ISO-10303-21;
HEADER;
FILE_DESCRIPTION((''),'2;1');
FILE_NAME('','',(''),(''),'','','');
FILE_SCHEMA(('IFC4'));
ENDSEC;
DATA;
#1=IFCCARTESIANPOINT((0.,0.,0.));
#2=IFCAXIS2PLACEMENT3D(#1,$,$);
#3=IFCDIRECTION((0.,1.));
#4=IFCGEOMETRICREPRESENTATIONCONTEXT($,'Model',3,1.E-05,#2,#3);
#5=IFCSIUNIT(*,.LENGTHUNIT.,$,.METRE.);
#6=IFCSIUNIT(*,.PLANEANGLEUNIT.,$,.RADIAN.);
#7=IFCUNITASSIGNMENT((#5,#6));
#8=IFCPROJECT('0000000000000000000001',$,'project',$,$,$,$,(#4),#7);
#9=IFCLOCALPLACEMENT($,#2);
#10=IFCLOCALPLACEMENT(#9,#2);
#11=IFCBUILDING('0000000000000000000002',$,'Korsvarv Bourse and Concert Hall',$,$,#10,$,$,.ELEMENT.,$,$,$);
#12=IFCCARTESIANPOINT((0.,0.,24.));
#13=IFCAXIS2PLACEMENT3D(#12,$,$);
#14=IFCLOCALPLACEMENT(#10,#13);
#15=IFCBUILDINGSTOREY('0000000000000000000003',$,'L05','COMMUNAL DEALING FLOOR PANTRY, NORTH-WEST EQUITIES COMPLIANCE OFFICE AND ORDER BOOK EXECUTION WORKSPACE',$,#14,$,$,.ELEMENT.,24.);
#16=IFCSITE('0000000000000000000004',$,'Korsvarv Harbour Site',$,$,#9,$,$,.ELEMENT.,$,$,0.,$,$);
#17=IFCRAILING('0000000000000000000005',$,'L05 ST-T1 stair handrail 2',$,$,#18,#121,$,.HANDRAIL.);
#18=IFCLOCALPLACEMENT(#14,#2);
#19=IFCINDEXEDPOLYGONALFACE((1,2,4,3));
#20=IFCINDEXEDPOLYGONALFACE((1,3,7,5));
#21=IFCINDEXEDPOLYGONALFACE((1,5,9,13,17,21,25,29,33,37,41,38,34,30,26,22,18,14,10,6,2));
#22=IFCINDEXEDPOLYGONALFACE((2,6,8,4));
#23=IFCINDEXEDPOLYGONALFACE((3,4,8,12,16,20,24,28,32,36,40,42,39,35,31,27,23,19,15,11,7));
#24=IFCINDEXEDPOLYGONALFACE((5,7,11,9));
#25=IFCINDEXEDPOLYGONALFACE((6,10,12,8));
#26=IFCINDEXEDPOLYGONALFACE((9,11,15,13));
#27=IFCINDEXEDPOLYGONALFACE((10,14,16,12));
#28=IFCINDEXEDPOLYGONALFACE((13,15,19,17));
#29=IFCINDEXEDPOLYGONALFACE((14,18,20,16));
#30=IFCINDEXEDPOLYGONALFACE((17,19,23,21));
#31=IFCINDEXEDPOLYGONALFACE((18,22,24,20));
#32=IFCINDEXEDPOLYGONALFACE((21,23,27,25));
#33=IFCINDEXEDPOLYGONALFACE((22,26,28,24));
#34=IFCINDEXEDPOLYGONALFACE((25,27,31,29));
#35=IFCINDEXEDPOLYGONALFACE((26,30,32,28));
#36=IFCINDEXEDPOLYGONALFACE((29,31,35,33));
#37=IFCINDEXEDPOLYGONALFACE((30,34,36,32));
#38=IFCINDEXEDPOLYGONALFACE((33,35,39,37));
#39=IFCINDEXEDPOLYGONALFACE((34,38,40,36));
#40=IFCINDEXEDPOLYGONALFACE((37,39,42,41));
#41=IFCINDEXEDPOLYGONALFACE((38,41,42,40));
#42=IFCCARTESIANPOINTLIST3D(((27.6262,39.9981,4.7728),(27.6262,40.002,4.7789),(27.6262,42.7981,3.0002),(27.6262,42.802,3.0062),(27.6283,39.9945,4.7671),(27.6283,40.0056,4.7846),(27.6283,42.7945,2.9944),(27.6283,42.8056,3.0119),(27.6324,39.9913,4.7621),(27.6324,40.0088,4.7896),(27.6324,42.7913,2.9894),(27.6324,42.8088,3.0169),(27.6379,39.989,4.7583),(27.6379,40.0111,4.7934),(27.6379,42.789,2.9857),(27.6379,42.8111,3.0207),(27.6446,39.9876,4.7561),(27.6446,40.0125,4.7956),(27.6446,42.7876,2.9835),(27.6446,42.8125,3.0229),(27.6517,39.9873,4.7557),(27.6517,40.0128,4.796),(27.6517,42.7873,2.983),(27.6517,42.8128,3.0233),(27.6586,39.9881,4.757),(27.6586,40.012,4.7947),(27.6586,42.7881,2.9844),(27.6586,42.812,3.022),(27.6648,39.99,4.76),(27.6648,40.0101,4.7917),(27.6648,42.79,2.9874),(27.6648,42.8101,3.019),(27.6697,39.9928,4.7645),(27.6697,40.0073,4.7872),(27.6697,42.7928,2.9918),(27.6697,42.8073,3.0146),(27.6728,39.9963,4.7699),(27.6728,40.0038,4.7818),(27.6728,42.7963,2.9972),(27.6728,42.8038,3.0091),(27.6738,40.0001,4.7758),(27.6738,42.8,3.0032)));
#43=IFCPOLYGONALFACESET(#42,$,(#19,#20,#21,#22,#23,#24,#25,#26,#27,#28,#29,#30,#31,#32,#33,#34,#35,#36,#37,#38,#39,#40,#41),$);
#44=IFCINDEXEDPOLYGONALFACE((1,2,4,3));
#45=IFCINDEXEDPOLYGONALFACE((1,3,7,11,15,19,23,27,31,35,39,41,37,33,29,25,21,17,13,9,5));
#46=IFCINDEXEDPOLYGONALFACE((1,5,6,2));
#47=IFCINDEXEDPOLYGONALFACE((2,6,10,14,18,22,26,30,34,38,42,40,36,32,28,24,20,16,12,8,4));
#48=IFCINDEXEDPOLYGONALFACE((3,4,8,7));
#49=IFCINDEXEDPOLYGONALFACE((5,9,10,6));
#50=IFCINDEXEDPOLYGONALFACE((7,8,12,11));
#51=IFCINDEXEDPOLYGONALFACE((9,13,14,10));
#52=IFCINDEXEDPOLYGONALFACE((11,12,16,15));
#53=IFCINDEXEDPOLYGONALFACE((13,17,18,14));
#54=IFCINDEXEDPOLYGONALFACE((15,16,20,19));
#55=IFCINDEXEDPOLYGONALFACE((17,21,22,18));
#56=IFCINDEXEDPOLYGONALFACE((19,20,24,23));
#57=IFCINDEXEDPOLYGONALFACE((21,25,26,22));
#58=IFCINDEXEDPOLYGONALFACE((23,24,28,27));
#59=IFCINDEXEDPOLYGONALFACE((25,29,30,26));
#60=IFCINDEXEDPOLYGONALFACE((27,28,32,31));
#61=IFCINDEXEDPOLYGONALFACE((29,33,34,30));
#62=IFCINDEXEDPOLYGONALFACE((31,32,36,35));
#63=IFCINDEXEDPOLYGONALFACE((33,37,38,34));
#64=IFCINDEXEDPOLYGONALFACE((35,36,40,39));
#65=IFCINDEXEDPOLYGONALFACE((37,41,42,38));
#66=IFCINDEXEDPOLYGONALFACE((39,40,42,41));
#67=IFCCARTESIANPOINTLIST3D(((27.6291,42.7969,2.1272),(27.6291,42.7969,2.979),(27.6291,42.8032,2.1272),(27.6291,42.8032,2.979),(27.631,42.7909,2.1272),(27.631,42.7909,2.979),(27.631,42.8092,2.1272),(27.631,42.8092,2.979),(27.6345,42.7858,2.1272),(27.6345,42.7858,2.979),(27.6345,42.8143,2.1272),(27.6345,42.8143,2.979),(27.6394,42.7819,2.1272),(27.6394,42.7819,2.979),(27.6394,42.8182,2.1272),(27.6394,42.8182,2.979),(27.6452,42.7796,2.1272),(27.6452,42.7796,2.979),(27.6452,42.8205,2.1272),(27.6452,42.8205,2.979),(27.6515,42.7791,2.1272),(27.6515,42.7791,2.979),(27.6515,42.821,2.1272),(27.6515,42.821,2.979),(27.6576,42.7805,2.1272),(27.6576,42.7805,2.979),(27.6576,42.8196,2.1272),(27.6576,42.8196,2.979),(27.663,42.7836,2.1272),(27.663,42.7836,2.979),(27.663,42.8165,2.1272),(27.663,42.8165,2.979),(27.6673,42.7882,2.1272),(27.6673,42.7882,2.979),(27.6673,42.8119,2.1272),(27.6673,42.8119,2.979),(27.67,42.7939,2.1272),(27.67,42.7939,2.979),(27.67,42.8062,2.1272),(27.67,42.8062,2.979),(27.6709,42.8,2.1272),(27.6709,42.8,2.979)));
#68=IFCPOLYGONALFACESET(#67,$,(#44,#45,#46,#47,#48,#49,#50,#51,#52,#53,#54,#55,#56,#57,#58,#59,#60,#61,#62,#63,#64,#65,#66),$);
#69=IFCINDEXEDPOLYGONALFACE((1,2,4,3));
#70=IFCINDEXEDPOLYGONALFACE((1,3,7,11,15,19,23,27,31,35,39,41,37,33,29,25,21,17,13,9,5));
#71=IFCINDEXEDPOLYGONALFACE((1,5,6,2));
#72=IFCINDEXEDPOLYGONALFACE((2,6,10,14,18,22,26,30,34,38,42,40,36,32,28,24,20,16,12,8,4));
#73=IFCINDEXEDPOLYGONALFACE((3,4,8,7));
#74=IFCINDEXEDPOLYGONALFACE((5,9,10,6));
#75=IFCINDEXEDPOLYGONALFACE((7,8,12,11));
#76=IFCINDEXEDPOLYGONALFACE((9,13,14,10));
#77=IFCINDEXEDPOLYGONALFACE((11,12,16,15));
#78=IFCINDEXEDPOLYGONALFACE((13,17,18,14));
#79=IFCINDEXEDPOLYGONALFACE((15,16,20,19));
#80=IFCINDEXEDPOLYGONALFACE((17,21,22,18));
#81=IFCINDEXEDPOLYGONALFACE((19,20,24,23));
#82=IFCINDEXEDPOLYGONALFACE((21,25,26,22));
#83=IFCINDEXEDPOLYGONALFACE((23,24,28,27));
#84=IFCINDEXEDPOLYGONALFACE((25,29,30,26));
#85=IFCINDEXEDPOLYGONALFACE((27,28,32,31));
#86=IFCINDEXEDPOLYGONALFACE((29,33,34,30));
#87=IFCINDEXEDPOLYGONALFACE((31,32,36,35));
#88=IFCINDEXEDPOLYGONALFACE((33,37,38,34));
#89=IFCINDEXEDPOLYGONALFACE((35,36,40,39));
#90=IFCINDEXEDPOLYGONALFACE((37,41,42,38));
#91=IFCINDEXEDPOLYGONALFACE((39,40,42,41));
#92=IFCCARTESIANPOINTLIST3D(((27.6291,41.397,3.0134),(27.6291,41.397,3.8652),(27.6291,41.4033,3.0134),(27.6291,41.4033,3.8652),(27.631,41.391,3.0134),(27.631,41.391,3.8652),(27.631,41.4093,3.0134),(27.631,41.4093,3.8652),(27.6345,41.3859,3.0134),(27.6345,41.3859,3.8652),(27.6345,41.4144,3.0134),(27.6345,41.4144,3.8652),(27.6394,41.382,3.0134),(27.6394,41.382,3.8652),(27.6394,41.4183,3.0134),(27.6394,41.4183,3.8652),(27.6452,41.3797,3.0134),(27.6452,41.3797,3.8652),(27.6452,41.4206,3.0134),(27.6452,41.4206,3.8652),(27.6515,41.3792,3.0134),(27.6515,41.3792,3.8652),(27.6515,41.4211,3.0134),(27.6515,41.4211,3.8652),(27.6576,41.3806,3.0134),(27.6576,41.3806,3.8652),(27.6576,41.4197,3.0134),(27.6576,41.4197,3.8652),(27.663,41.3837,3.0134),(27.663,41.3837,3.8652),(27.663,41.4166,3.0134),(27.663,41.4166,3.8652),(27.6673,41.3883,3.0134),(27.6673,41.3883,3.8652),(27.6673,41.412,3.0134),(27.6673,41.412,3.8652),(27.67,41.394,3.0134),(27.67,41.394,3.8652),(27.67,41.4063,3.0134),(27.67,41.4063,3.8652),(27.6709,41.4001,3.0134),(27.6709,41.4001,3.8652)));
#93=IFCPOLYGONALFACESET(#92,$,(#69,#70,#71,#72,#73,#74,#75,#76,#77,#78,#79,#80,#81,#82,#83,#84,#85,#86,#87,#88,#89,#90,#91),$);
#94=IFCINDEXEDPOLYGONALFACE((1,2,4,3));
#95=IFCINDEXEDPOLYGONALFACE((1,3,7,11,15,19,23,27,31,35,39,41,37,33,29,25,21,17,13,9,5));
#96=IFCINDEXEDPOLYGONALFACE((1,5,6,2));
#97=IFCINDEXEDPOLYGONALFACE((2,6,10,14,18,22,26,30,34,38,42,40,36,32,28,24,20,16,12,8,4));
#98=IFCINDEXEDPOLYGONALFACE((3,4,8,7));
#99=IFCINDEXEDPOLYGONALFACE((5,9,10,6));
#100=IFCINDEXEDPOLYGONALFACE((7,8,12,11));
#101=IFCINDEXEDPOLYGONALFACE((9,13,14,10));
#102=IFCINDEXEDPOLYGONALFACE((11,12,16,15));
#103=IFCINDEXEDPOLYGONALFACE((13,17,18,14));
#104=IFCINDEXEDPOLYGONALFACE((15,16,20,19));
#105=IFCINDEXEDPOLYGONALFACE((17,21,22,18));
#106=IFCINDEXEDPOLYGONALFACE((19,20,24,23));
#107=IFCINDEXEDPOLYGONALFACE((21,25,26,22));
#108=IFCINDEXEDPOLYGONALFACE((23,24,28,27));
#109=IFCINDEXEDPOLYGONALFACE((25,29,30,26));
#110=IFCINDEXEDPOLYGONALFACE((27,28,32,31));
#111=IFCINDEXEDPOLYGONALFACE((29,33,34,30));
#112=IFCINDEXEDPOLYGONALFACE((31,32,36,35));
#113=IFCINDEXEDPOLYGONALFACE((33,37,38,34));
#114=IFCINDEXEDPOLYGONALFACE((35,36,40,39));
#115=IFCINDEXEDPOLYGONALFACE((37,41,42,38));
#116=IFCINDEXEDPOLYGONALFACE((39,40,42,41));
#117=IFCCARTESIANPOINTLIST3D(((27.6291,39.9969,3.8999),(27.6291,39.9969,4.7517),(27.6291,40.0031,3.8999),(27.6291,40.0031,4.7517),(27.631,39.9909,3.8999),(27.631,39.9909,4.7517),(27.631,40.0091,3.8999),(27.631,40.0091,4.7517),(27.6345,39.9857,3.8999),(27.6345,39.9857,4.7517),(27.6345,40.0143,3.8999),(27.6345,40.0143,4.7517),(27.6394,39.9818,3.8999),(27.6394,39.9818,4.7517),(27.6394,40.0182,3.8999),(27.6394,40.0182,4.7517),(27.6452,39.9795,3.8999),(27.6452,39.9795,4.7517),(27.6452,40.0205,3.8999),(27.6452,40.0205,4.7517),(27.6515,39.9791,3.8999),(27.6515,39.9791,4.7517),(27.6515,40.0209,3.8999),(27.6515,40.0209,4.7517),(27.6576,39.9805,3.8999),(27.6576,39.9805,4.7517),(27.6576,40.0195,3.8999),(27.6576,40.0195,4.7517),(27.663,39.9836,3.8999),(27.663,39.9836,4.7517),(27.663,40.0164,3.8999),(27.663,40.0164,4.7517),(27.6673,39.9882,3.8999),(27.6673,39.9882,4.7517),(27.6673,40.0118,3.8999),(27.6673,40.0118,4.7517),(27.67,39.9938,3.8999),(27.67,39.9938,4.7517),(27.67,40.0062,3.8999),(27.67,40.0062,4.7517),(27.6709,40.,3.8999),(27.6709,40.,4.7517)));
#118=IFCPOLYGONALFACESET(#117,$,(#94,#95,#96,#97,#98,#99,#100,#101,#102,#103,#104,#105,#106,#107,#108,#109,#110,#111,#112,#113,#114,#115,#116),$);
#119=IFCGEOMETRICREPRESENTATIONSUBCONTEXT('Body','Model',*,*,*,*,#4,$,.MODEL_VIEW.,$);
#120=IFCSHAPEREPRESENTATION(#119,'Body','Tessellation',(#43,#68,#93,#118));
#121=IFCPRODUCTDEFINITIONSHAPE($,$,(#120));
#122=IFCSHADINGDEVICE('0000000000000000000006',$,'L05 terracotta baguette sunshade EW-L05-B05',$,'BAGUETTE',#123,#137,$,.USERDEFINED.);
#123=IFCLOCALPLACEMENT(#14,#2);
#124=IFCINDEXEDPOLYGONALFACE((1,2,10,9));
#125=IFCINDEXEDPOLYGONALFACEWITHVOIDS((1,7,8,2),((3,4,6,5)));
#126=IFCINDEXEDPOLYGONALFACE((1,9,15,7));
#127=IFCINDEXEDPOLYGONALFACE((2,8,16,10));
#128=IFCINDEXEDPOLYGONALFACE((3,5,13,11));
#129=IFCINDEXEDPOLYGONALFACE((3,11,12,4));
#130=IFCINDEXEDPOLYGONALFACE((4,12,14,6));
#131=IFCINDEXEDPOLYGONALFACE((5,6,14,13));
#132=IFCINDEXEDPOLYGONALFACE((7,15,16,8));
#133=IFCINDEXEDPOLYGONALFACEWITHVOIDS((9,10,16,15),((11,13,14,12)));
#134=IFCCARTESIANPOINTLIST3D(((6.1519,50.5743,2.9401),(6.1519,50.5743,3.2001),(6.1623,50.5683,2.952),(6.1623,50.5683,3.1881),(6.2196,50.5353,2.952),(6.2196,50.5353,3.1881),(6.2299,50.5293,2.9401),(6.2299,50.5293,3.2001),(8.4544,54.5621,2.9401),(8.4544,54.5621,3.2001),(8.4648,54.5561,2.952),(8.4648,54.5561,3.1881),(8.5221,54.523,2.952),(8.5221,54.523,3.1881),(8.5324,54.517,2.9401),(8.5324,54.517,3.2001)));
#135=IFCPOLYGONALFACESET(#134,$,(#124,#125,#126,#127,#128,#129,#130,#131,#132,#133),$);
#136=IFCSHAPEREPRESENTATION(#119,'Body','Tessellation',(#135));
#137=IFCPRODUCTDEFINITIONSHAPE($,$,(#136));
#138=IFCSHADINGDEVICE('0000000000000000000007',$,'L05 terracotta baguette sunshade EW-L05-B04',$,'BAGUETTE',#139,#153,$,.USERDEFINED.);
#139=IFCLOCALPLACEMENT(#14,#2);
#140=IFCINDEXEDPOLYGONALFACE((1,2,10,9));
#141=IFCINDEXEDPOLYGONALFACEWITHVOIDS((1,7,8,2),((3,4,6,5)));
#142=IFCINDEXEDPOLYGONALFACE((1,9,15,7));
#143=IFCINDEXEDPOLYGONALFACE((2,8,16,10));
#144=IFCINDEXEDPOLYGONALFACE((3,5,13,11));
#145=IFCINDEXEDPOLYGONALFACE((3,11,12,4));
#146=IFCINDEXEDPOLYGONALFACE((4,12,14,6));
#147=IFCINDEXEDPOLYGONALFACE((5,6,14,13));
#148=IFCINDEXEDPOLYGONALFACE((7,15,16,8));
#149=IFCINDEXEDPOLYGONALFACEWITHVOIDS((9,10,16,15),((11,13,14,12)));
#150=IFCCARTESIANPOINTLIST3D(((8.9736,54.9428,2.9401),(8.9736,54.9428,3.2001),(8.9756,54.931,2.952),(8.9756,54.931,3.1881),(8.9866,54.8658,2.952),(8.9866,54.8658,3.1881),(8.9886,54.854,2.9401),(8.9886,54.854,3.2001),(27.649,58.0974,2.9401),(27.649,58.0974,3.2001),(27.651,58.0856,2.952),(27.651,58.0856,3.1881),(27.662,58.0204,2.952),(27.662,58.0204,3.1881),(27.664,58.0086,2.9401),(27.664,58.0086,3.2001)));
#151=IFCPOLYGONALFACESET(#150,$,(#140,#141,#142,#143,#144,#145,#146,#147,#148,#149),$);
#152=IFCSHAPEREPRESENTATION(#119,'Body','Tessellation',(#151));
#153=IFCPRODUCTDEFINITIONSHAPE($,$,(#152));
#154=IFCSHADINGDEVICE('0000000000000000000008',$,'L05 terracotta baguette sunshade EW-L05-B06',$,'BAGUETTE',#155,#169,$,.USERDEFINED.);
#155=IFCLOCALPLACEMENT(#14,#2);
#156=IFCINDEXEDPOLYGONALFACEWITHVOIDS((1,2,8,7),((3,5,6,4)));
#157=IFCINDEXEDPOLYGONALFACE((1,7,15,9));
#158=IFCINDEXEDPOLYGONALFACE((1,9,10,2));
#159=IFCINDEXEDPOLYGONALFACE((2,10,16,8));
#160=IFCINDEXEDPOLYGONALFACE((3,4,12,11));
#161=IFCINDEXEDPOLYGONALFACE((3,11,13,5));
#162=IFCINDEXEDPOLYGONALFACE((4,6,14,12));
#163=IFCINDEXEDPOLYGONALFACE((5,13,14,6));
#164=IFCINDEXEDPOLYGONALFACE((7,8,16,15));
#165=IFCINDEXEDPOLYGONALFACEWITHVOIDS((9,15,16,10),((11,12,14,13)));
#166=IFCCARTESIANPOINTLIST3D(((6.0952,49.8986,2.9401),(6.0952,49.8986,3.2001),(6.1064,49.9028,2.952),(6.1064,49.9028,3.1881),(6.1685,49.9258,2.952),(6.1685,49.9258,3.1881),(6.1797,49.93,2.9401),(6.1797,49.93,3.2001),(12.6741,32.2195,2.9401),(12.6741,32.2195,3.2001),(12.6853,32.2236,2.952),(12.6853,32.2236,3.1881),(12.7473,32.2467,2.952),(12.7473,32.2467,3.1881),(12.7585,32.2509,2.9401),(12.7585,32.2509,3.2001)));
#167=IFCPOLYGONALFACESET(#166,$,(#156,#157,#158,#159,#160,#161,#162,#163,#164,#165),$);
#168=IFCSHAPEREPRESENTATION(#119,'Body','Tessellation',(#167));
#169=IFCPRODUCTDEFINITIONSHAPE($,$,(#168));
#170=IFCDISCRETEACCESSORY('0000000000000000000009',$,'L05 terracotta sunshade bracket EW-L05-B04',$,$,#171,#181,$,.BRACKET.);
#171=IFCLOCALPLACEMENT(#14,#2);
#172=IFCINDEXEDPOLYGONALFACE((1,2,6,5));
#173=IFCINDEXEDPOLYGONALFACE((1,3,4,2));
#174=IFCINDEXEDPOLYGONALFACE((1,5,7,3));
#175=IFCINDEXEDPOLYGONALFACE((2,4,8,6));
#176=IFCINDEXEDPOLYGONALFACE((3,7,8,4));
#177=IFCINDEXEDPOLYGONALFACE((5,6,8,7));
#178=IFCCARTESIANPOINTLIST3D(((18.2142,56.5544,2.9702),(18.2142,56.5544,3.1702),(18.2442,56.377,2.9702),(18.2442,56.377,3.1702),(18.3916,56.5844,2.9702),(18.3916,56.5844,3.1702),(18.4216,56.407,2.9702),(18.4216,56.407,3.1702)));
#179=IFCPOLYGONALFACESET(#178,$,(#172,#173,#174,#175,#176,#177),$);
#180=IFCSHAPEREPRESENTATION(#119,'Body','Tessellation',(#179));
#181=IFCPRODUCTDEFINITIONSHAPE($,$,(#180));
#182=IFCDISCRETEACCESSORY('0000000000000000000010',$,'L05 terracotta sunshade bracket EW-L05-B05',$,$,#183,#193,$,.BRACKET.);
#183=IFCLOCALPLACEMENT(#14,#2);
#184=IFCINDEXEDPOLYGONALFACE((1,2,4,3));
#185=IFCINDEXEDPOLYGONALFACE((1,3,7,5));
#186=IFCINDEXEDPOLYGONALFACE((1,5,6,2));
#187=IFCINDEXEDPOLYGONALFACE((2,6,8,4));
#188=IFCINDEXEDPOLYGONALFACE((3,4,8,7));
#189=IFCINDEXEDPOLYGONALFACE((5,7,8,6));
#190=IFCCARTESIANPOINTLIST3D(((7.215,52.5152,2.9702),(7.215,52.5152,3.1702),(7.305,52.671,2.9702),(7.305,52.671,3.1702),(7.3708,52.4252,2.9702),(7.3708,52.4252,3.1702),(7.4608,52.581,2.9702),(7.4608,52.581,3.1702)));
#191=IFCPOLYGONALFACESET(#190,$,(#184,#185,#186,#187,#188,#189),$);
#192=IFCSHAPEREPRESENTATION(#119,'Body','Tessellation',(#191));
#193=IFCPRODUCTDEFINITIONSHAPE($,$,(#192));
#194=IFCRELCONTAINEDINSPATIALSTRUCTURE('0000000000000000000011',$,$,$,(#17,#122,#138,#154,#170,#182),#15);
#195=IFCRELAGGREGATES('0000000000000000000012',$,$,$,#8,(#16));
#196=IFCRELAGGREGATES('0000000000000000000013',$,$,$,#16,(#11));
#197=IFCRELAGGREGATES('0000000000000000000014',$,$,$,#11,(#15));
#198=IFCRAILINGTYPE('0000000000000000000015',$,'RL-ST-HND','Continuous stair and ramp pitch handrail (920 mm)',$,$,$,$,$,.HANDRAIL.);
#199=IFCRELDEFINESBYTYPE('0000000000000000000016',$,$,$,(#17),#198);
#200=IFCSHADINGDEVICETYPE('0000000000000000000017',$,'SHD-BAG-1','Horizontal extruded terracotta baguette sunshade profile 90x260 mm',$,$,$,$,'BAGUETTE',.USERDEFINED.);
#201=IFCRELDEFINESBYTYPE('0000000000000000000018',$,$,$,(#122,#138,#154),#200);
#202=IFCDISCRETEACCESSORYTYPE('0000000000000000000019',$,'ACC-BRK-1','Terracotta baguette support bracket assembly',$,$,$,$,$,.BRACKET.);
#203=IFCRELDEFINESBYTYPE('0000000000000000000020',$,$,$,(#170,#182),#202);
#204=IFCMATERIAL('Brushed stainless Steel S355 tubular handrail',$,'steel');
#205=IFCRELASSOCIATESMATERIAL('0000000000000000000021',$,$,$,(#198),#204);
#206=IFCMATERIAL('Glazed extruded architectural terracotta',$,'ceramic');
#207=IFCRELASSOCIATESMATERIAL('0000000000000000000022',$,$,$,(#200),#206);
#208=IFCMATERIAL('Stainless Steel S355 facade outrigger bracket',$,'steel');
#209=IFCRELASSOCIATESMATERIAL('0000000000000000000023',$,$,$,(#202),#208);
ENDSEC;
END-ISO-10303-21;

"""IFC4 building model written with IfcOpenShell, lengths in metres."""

from ifc_helpers import new_model, si_unit, direction, frame, origin, origin_2d, place, context, subcontext, project, spatial, rectangle, hollow_rectangle, circle, extrude, source, transform, mapped, material, material_profile, profile_set, type_object, element, save


model = new_model("IFC4")

# Units and contexts
model_context = context("Model", 3, precision=1e-05, world=origin(), true_north=direction((0.0, 1.0)))
body_context = subcontext(model_context, "Body", "Model", "MODEL_VIEW")
ifc_project = project(units=[si_unit("LENGTHUNIT", "METRE"), si_unit("PLANEANGLEUNIT", "RADIAN")], contexts=[model_context])

# Site, building, storey
site_placement = place(None, origin())
site = spatial("IfcSite", under=ifc_project, at=site_placement, Name="Korsvarv Harbour Site", CompositionType="ELEMENT", RefElevation=0.0)
building_placement = place(site_placement, origin())
building = spatial("IfcBuilding", under=site, at=building_placement, Name="Korsvarv Bourse and Concert Hall", CompositionType="ELEMENT")
storey_placement = place(building_placement, frame((0.0, 0.0, 24.0)))
storey = spatial("IfcBuildingStorey", under=building, at=storey_placement, Name="L05", Description="COMMUNAL DEALING FLOOR PANTRY, NORTH-WEST EQUITIES COMPLIANCE OFFICE AND ORDER BOOK EXECUTION WORKSPACE", CompositionType="ELEMENT", Elevation=24.0)

# Railing
ifc_material_1 = material(Name="Brushed stainless Steel S355 tubular handrail", Category="steel")
railing_type = type_object("IfcRailingType", Name="RL-ST-HND", Description="Continuous stair and ramp pitch handrail (920 mm)", PredefinedType="HANDRAIL", material=ifc_material_1)
railing_placement = place(storey_placement, frame((27.6499, 42.8, 2.1272)))
element("IfcRailing", 1, at=railing_placement, inside=storey, type_object=railing_type, Name="L05 ST-T1 stair handrail 2", PredefinedType="HANDRAIL", context=body_context, shape_type="SweptSolid", body=[
    extrude(circle(Radius=0.0239, at=origin_2d()), frame((0.0, 0.0, 0.876), z_axis=(0.0, -0.844909, 0.53491), x_axis=(1.0, 0.0, 0.0)), (0.0, 0.0, 1.0), 3.314),
    extrude(circle(Radius=0.021, at=origin_2d()), origin(), (0.0, 0.0, 1.0), 0.8518),
    extrude(circle(Radius=0.021, at=origin_2d()), frame((0.0, -1.3999, 0.8862)), (0.0, 0.0, 1.0), 0.8518),
    extrude(circle(Radius=0.021, at=origin_2d()), frame((0.0, -2.8, 1.7727)), (0.0, 0.0, 1.0), 0.8518),
])

# Shading devices
ifc_material_2 = material(Name="Glazed extruded architectural terracotta", Category="ceramic")
ifc_material_profile_1 = material_profile(ifc_material_2, hollow_rectangle(XDim=0.0901, YDim=0.26, WallThickness=0.012, at=origin_2d()), Name="TC-BAG 90x260")
ifc_profile_set_1 = profile_set([ifc_material_profile_1], Name="Glazed extruded architectural terracotta")
shading_device_type = type_object("IfcShadingDeviceType", Name="SHD-BAG-1", Description="Horizontal extruded terracotta baguette sunshade profile 90x260 mm", ElementType="BAGUETTE", PredefinedType="USERDEFINED", material=ifc_profile_set_1)
shared_shape_1 = source(origin(), body_context, "Body", "SweptSolid", [
    extrude(hollow_rectangle(XDim=0.0901, YDim=0.26, WallThickness=0.012, at=origin_2d()), origin(), (0.0, 0.0, 1.0), 4.6047),
])
shading_device_1_placement = place(storey_placement, frame((8.4934, 54.5396, 3.0701), z_axis=(-0.500022, -0.866013, 0.0), x_axis=(0.866013, -0.500022, 0.0)))
element("IfcShadingDevice", 2, at=shading_device_1_placement, inside=storey, type_object=shading_device_type, Name="L05 terracotta baguette sunshade EW-L05-B05", ObjectType="BAGUETTE", PredefinedType="USERDEFINED", context=body_context, shape_type="MappedRepresentation", body=[
    mapped(shared_shape_1, transform((0.0, 0.0, 0.0), scale=1.0)),
])
shared_shape_2 = source(origin(), body_context, "Body", "SweptSolid", [
    extrude(hollow_rectangle(XDim=0.0901, YDim=0.26, WallThickness=0.012, at=origin_2d()), origin(), (0.0, 0.0, 1.0), 18.9399),
])
shading_device_2_placement = place(storey_placement, frame((27.6565, 58.053, 3.0701), z_axis=(-0.986032, -0.166556, 0.0), x_axis=(0.166556, -0.986032, 0.0)))
element("IfcShadingDevice", 3, at=shading_device_2_placement, inside=storey, type_object=shading_device_type, Name="L05 terracotta baguette sunshade EW-L05-B04", ObjectType="BAGUETTE", PredefinedType="USERDEFINED", context=body_context, shape_type="MappedRepresentation", body=[
    mapped(shared_shape_2, transform((0.0, 0.0, 0.0), scale=1.0)),
])
shared_shape_3 = source(origin(), body_context, "Body", "SweptSolid", [
    extrude(hollow_rectangle(XDim=0.0901, YDim=0.26, WallThickness=0.012, at=origin_2d()), origin(), (0.0, 0.0, 1.0), 18.8635),
])
shading_device_3_placement = place(storey_placement, frame((6.1375, 49.9143, 3.0701), z_axis=(0.348759, -0.937212, 0.0), x_axis=(0.937212, 0.348759, 0.0)))
element("IfcShadingDevice", 4, at=shading_device_3_placement, inside=storey, type_object=shading_device_type, Name="L05 terracotta baguette sunshade EW-L05-B06", ObjectType="BAGUETTE", PredefinedType="USERDEFINED", context=body_context, shape_type="MappedRepresentation", body=[
    mapped(shared_shape_3, transform((0.0, 0.0, 0.0), scale=1.0)),
])

# Discrete accessories
ifc_material_3 = material(Name="Stainless Steel S355 facade outrigger bracket", Category="steel")
discrete_accessory_type = type_object("IfcDiscreteAccessoryType", Name="ACC-BRK-1", Description="Terracotta baguette support bracket assembly", PredefinedType="BRACKET", material=ifc_material_3)
shared_shape_4 = source(origin(), body_context, "Body", "SweptSolid", [
    extrude(rectangle(XDim=0.1799, YDim=0.1799, at=origin_2d()), origin(), (0.0, 0.0, 1.0), 0.2),
])
for number, where, z_axis, x_axis, name in (
    (5, (18.3179, 56.4807, 2.9702), (0.0, 0.0, 1.0), (-0.986025, -0.166597, 0.0), "L05 terracotta sunshade bracket EW-L05-B04"),
    (6, (7.3379, 52.5481, 2.9702), (0.0, 0.0, 1.0), (-0.5, -0.866025, 0.0), "L05 terracotta sunshade bracket EW-L05-B05"),
):
    element("IfcDiscreteAccessory", number, at=place(storey_placement, frame(where, z_axis=z_axis, x_axis=x_axis)), inside=storey, type_object=discrete_accessory_type, Name=name, PredefinedType="BRACKET", context=body_context, shape_type="MappedRepresentation", body=[
        mapped(shared_shape_4, transform((0.0, 0.0, 0.0), scale=1.0)),
    ])

save(model, "model.ifc")
